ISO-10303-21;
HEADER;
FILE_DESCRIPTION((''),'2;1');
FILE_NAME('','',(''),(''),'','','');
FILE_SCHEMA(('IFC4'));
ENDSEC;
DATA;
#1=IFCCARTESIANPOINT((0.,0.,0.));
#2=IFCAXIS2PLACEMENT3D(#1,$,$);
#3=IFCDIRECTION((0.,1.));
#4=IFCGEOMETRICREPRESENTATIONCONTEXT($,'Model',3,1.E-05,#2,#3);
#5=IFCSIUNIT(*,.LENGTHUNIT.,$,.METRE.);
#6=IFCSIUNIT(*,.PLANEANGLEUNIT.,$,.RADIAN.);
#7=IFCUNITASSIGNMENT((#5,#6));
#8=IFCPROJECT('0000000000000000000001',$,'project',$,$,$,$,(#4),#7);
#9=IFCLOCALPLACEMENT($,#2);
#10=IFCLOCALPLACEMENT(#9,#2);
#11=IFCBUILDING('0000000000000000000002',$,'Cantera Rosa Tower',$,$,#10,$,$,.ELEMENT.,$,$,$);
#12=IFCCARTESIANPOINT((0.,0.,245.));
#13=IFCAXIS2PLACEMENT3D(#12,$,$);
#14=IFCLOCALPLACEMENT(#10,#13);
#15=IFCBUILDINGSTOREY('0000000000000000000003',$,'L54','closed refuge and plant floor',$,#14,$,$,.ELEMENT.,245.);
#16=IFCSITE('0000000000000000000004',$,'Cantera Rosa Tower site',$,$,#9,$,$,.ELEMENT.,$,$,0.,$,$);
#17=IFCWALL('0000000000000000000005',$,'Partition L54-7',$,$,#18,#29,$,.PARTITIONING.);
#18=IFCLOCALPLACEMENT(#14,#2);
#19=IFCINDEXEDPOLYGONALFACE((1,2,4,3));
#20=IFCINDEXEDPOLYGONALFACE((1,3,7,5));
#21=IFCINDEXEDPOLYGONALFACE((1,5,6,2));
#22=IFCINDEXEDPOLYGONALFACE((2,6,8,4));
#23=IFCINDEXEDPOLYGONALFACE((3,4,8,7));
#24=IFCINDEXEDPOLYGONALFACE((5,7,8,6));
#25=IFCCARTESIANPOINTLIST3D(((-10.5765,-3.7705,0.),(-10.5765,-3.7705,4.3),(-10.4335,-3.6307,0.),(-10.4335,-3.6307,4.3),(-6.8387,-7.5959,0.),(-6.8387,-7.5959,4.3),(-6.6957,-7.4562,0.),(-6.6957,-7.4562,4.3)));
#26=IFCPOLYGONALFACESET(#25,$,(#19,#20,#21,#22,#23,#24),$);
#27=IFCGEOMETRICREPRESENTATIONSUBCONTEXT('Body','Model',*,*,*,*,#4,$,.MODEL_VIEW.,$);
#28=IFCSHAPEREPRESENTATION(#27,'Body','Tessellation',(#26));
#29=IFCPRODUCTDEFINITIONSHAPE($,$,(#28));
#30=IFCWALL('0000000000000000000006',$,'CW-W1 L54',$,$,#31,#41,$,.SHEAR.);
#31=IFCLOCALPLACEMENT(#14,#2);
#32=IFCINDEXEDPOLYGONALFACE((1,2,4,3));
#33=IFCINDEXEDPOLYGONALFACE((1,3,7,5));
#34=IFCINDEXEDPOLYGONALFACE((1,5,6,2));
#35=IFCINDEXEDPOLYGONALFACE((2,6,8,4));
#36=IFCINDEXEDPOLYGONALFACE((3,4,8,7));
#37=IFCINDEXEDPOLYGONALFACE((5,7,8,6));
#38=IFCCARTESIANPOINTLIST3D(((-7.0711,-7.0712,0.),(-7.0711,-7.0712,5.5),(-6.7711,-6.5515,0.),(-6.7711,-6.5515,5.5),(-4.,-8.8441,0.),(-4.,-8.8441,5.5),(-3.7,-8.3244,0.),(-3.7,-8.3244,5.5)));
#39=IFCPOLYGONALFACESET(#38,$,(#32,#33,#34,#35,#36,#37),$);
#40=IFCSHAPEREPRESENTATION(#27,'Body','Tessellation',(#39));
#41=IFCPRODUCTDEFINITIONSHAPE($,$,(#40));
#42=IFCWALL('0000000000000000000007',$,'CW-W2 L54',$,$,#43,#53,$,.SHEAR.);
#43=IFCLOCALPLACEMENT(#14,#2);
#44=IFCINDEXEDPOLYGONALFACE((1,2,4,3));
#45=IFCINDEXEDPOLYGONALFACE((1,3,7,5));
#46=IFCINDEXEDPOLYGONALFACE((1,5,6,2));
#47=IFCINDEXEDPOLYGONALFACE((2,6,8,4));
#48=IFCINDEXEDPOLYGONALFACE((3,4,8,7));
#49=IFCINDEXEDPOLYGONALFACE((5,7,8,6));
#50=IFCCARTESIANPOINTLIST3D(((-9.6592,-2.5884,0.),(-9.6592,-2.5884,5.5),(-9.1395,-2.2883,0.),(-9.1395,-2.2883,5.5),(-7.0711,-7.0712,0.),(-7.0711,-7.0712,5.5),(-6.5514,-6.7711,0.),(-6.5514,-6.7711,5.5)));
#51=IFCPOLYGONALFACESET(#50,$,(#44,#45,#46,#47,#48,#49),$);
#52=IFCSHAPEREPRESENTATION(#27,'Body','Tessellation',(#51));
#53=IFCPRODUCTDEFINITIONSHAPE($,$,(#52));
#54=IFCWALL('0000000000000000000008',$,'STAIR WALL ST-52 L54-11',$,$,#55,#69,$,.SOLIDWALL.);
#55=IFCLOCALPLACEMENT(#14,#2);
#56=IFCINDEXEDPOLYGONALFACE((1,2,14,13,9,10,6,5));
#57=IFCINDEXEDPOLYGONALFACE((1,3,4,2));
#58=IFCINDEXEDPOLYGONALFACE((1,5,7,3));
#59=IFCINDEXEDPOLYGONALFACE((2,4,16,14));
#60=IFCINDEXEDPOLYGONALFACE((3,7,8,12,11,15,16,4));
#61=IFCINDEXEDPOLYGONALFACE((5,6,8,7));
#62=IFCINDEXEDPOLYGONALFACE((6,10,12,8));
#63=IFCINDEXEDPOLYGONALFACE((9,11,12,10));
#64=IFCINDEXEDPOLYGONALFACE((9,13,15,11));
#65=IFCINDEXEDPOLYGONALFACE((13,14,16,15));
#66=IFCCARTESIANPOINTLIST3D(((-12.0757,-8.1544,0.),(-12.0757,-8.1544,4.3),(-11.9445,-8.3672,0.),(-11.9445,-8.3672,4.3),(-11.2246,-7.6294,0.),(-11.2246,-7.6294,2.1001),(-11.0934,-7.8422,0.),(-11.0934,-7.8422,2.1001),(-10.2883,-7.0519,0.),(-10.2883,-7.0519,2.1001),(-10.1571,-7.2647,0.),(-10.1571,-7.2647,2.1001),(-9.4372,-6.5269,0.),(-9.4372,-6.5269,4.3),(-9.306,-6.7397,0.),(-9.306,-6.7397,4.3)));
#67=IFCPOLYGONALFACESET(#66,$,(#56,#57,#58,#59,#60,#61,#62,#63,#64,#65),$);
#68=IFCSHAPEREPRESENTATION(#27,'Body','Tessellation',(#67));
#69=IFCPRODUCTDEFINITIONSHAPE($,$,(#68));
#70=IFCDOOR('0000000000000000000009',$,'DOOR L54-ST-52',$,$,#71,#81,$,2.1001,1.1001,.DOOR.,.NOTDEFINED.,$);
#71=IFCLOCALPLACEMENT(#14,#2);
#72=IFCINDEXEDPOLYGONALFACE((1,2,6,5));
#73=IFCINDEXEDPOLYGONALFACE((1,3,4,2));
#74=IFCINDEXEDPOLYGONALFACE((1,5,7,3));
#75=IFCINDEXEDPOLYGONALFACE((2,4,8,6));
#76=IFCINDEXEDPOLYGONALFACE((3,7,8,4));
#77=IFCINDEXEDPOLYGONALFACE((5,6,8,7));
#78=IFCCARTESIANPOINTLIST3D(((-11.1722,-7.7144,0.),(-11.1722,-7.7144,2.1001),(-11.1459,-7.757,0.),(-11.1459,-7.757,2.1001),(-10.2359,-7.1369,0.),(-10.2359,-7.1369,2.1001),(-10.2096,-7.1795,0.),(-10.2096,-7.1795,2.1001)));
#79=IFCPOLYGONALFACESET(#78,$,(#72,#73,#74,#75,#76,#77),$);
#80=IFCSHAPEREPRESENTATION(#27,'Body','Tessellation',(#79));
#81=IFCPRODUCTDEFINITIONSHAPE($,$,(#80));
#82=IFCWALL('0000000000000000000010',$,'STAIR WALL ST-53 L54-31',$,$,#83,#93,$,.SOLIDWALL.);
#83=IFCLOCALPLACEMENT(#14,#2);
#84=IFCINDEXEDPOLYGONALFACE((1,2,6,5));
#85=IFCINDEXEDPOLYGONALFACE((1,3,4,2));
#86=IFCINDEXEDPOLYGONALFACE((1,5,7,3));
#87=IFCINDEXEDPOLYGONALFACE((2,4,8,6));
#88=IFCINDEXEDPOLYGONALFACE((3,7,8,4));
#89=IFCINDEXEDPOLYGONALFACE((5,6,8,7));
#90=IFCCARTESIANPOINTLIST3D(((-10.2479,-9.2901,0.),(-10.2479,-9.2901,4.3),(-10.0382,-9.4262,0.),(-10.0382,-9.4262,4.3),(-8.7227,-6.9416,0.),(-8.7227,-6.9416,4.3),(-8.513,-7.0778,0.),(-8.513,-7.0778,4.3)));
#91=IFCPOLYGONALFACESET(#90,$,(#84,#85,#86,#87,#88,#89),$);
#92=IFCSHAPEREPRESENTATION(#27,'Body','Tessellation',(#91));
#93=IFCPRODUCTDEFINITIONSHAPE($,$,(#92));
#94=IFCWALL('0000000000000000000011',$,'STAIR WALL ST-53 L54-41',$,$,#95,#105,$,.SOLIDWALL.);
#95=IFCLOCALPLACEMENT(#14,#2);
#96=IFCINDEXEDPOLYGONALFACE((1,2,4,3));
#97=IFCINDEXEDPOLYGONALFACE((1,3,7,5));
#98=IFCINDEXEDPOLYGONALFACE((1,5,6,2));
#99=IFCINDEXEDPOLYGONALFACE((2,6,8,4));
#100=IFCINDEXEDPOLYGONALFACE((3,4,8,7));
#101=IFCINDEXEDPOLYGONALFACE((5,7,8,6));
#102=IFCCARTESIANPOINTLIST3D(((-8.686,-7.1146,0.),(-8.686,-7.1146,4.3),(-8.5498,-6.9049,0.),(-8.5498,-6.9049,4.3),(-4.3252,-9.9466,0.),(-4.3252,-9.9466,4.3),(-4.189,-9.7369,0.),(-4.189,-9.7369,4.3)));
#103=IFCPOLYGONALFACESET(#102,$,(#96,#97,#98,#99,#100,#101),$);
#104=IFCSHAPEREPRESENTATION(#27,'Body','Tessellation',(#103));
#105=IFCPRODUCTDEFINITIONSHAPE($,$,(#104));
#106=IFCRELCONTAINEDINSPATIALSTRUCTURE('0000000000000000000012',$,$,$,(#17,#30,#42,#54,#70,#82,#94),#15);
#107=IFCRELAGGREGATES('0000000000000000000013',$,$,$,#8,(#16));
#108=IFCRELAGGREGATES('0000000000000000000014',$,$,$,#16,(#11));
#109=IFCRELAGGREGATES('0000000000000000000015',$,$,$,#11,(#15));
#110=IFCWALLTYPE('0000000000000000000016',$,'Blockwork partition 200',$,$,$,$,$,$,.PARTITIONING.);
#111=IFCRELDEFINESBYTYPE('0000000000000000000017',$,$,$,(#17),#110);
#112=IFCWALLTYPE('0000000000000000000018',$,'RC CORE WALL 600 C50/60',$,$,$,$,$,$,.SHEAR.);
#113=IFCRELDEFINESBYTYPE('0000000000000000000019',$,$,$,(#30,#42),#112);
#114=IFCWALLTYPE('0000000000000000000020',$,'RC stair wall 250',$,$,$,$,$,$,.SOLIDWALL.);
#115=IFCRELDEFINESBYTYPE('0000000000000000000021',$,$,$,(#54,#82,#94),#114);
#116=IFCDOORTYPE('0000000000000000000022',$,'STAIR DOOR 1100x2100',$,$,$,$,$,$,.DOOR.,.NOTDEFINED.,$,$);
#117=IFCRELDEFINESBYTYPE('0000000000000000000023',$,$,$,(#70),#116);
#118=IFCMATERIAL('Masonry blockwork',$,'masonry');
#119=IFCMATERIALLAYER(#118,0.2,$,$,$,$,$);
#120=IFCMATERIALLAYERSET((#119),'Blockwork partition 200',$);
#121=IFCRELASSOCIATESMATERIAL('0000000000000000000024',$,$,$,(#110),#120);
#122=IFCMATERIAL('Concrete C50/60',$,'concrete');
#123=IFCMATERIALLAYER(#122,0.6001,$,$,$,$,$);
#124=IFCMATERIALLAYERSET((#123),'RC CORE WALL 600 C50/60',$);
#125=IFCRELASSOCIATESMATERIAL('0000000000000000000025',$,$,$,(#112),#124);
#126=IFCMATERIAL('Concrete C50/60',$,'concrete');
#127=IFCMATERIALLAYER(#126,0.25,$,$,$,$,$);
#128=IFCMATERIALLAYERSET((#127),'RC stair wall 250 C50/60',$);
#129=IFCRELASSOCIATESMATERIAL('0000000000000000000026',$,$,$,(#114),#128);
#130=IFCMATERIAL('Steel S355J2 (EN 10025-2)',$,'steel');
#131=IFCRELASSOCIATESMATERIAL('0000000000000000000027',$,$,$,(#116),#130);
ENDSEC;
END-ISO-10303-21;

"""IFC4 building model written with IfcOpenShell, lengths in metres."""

from ifc_helpers import new_model, si_unit, direction, frame, frame_2d, origin, place, context, subcontext, project, spatial, rectangle, extrude, material, layer, layer_set, type_object, element, fill, save


model = new_model("IFC4")

# Units and contexts
model_context = context("Model", 3, precision=1e-05, world=origin(), true_north=direction((0.0, 1.0)))
body_context = subcontext(model_context, "Body", "Model", "MODEL_VIEW")
ifc_project = project(units=[si_unit("LENGTHUNIT", "METRE"), si_unit("PLANEANGLEUNIT", "RADIAN")], contexts=[model_context])

# Site, building, storey
site_placement = place(None, origin())
site = spatial("IfcSite", under=ifc_project, at=site_placement, Name="Cantera Rosa Tower site", CompositionType="ELEMENT", RefElevation=0.0)
building_placement = place(site_placement, origin())
building = spatial("IfcBuilding", under=site, at=building_placement, Name="Cantera Rosa Tower", CompositionType="ELEMENT")
storey_placement = place(building_placement, frame((0.0, 0.0, 245.0)))
storey = spatial("IfcBuildingStorey", under=building, at=storey_placement, Name="L54", Description="closed refuge and plant floor", CompositionType="ELEMENT", Elevation=245.0)

# Walls
ifc_material_1 = material(Name="Masonry blockwork", Category="masonry")
ifc_layer_1 = layer(ifc_material_1, 0.2)
ifc_layer_set_1 = layer_set([ifc_layer_1], Name="Blockwork partition 200")
wall_type_1 = type_object("IfcWallType", Name="Blockwork partition 200", PredefinedType="PARTITIONING", material=ifc_layer_set_1)
wall_1_placement = place(storey_placement, frame((-6.7671, -7.5261, 0.0), z_axis=(0.0, 0.0, 1.0), x_axis=(-0.698866, 0.715253, 0.0)))
element("IfcWall", 1, at=wall_1_placement, inside=storey, type_object=wall_type_1, Name="Partition L54-7", PredefinedType="PARTITIONING", context=body_context, shape_type="SweptSolid", body=[
    extrude(rectangle(XDim=5.3484, YDim=0.2, at=frame_2d((2.6743, 0.0))), origin(), (0.0, 0.0, 1.0), 4.3),
])
ifc_material_2 = material(Name="Concrete C50/60", Category="concrete")
ifc_layer_2 = layer(ifc_material_2, 0.6001)
ifc_layer_set_2 = layer_set([ifc_layer_2], Name="RC CORE WALL 600 C50/60")
wall_type_2 = type_object("IfcWallType", Name="RC CORE WALL 600 C50/60", PredefinedType="SHEAR", material=ifc_layer_set_2)
wall_2_placement = place(storey_placement, frame((-3.8501, -8.5842, 0.0), z_axis=(0.0, 0.0, 1.0), x_axis=(-0.86604, 0.499975, 0.0)))
element("IfcWall", 2, at=wall_2_placement, inside=storey, type_object=wall_type_2, Name="CW-W1 L54", PredefinedType="SHEAR", context=body_context, shape_type="SweptSolid", body=[
    extrude(rectangle(XDim=3.5461, YDim=0.6001, at=frame_2d((1.7729, 0.0))), origin(), (0.0, 0.0, 1.0), 5.5),
])
wall_3_placement = place(storey_placement, frame((-6.8113, -6.9211, 0.0), z_axis=(0.0, 0.0, 1.0), x_axis=(-0.499989, 0.866032, 0.0)))
element("IfcWall", 3, at=wall_3_placement, inside=storey, type_object=wall_type_2, Name="CW-W2 L54", PredefinedType="SHEAR", context=body_context, shape_type="SweptSolid", body=[
    extrude(rectangle(XDim=5.1763, YDim=0.6001, at=frame_2d((2.5881, 0.0))), origin(), (0.0, 0.0, 1.0), 5.5),
])

# Wall, opening, door
ifc_material_3 = material(Name="Concrete C50/60", Category="concrete")
ifc_layer_3 = layer(ifc_material_3, 0.25)
ifc_layer_set_3 = layer_set([ifc_layer_3], Name="RC stair wall 250 C50/60")
wall_type_3 = type_object("IfcWallType", Name="RC stair wall 250", PredefinedType="SOLIDWALL", material=ifc_layer_set_3)
wall_4_placement = place(storey_placement, frame((-9.3716, -6.6333, 0.0), z_axis=(0.0, 0.0, 1.0), x_axis=(-0.851112, -0.524985, 0.0)))
wall_4 = element("IfcWall", 4, at=wall_4_placement, inside=storey, type_object=wall_type_3, Name="STAIR WALL ST-52 L54-11", PredefinedType="SOLIDWALL", context=body_context, shape_type="SweptSolid", body=[
    extrude(rectangle(XDim=3.1001, YDim=0.25, at=frame_2d((1.55, 0.0))), origin(), (0.0, 0.0, 1.0), 4.3),
])
opening_placement = place(wall_4_placement, frame((1.0, 0.0, 0.0)))
opening = element("IfcOpeningElement", 5, at=opening_placement, cuts=wall_4, PredefinedType="OPENING", context=body_context, shape_type="SweptSolid", body=[
    extrude(rectangle(XDim=1.1001, YDim=2.1001, at=frame_2d((0.55, 1.05))), frame((0.0, 0.135, 0.0), z_axis=(0.0, -1.0, 0.0), x_axis=(1.0, 0.0, 0.0)), (0.0, 0.0, 1.0), 0.27),
])
ifc_material_4 = material(Name="Steel S355J2 (EN 10025-2)", Category="steel")
door_type = type_object("IfcDoorType", Name="STAIR DOOR 1100x2100", OperationType="NOTDEFINED", PredefinedType="DOOR", material=ifc_material_4)
door_placement = place(opening_placement, origin())
door = element("IfcDoor", 6, at=door_placement, inside=storey, type_object=door_type, Name="DOOR L54-ST-52", OperationType="NOTDEFINED", OverallHeight=2.1001, OverallWidth=1.1001, PredefinedType="DOOR", context=body_context, shape_type="SweptSolid", body=[
    extrude(rectangle(XDim=1.1001, YDim=2.1001, at=frame_2d((0.55, 1.05))), frame((0.0, 0.0249, 0.0), z_axis=(0.0, -1.0, 0.0), x_axis=(1.0, 0.0, 0.0)), (0.0, 0.0, 1.0), 0.05),
])
fill(opening, door)

# Walls
wall_5_placement = place(storey_placement, frame((-10.1431, -9.3582, 0.0), z_axis=(0.0, 0.0, 1.0), x_axis=(0.54466, 0.838657, 0.0)))
element("IfcWall", 7, at=wall_5_placement, inside=storey, type_object=wall_type_3, Name="STAIR WALL ST-53 L54-31", PredefinedType="SOLIDWALL", context=body_context, shape_type="SweptSolid", body=[
    extrude(rectangle(XDim=2.8003, YDim=0.25, at=frame_2d((1.4001, 0.0))), origin(), (0.0, 0.0, 1.0), 4.3),
])
wall_6_placement = place(storey_placement, frame((-8.6179, -7.0098, 0.0), z_axis=(0.0, 0.0, 1.0), x_axis=(0.838665, -0.544648, 0.0)))
element("IfcWall", 8, at=wall_6_placement, inside=storey, type_object=wall_type_3, Name="STAIR WALL ST-53 L54-41", PredefinedType="SOLIDWALL", context=body_context, shape_type="SweptSolid", body=[
    extrude(rectangle(XDim=5.1997, YDim=0.25, at=frame_2d((2.5999, 0.0))), origin(), (0.0, 0.0, 1.0), 4.3),
])

save(model, "model.ifc")
